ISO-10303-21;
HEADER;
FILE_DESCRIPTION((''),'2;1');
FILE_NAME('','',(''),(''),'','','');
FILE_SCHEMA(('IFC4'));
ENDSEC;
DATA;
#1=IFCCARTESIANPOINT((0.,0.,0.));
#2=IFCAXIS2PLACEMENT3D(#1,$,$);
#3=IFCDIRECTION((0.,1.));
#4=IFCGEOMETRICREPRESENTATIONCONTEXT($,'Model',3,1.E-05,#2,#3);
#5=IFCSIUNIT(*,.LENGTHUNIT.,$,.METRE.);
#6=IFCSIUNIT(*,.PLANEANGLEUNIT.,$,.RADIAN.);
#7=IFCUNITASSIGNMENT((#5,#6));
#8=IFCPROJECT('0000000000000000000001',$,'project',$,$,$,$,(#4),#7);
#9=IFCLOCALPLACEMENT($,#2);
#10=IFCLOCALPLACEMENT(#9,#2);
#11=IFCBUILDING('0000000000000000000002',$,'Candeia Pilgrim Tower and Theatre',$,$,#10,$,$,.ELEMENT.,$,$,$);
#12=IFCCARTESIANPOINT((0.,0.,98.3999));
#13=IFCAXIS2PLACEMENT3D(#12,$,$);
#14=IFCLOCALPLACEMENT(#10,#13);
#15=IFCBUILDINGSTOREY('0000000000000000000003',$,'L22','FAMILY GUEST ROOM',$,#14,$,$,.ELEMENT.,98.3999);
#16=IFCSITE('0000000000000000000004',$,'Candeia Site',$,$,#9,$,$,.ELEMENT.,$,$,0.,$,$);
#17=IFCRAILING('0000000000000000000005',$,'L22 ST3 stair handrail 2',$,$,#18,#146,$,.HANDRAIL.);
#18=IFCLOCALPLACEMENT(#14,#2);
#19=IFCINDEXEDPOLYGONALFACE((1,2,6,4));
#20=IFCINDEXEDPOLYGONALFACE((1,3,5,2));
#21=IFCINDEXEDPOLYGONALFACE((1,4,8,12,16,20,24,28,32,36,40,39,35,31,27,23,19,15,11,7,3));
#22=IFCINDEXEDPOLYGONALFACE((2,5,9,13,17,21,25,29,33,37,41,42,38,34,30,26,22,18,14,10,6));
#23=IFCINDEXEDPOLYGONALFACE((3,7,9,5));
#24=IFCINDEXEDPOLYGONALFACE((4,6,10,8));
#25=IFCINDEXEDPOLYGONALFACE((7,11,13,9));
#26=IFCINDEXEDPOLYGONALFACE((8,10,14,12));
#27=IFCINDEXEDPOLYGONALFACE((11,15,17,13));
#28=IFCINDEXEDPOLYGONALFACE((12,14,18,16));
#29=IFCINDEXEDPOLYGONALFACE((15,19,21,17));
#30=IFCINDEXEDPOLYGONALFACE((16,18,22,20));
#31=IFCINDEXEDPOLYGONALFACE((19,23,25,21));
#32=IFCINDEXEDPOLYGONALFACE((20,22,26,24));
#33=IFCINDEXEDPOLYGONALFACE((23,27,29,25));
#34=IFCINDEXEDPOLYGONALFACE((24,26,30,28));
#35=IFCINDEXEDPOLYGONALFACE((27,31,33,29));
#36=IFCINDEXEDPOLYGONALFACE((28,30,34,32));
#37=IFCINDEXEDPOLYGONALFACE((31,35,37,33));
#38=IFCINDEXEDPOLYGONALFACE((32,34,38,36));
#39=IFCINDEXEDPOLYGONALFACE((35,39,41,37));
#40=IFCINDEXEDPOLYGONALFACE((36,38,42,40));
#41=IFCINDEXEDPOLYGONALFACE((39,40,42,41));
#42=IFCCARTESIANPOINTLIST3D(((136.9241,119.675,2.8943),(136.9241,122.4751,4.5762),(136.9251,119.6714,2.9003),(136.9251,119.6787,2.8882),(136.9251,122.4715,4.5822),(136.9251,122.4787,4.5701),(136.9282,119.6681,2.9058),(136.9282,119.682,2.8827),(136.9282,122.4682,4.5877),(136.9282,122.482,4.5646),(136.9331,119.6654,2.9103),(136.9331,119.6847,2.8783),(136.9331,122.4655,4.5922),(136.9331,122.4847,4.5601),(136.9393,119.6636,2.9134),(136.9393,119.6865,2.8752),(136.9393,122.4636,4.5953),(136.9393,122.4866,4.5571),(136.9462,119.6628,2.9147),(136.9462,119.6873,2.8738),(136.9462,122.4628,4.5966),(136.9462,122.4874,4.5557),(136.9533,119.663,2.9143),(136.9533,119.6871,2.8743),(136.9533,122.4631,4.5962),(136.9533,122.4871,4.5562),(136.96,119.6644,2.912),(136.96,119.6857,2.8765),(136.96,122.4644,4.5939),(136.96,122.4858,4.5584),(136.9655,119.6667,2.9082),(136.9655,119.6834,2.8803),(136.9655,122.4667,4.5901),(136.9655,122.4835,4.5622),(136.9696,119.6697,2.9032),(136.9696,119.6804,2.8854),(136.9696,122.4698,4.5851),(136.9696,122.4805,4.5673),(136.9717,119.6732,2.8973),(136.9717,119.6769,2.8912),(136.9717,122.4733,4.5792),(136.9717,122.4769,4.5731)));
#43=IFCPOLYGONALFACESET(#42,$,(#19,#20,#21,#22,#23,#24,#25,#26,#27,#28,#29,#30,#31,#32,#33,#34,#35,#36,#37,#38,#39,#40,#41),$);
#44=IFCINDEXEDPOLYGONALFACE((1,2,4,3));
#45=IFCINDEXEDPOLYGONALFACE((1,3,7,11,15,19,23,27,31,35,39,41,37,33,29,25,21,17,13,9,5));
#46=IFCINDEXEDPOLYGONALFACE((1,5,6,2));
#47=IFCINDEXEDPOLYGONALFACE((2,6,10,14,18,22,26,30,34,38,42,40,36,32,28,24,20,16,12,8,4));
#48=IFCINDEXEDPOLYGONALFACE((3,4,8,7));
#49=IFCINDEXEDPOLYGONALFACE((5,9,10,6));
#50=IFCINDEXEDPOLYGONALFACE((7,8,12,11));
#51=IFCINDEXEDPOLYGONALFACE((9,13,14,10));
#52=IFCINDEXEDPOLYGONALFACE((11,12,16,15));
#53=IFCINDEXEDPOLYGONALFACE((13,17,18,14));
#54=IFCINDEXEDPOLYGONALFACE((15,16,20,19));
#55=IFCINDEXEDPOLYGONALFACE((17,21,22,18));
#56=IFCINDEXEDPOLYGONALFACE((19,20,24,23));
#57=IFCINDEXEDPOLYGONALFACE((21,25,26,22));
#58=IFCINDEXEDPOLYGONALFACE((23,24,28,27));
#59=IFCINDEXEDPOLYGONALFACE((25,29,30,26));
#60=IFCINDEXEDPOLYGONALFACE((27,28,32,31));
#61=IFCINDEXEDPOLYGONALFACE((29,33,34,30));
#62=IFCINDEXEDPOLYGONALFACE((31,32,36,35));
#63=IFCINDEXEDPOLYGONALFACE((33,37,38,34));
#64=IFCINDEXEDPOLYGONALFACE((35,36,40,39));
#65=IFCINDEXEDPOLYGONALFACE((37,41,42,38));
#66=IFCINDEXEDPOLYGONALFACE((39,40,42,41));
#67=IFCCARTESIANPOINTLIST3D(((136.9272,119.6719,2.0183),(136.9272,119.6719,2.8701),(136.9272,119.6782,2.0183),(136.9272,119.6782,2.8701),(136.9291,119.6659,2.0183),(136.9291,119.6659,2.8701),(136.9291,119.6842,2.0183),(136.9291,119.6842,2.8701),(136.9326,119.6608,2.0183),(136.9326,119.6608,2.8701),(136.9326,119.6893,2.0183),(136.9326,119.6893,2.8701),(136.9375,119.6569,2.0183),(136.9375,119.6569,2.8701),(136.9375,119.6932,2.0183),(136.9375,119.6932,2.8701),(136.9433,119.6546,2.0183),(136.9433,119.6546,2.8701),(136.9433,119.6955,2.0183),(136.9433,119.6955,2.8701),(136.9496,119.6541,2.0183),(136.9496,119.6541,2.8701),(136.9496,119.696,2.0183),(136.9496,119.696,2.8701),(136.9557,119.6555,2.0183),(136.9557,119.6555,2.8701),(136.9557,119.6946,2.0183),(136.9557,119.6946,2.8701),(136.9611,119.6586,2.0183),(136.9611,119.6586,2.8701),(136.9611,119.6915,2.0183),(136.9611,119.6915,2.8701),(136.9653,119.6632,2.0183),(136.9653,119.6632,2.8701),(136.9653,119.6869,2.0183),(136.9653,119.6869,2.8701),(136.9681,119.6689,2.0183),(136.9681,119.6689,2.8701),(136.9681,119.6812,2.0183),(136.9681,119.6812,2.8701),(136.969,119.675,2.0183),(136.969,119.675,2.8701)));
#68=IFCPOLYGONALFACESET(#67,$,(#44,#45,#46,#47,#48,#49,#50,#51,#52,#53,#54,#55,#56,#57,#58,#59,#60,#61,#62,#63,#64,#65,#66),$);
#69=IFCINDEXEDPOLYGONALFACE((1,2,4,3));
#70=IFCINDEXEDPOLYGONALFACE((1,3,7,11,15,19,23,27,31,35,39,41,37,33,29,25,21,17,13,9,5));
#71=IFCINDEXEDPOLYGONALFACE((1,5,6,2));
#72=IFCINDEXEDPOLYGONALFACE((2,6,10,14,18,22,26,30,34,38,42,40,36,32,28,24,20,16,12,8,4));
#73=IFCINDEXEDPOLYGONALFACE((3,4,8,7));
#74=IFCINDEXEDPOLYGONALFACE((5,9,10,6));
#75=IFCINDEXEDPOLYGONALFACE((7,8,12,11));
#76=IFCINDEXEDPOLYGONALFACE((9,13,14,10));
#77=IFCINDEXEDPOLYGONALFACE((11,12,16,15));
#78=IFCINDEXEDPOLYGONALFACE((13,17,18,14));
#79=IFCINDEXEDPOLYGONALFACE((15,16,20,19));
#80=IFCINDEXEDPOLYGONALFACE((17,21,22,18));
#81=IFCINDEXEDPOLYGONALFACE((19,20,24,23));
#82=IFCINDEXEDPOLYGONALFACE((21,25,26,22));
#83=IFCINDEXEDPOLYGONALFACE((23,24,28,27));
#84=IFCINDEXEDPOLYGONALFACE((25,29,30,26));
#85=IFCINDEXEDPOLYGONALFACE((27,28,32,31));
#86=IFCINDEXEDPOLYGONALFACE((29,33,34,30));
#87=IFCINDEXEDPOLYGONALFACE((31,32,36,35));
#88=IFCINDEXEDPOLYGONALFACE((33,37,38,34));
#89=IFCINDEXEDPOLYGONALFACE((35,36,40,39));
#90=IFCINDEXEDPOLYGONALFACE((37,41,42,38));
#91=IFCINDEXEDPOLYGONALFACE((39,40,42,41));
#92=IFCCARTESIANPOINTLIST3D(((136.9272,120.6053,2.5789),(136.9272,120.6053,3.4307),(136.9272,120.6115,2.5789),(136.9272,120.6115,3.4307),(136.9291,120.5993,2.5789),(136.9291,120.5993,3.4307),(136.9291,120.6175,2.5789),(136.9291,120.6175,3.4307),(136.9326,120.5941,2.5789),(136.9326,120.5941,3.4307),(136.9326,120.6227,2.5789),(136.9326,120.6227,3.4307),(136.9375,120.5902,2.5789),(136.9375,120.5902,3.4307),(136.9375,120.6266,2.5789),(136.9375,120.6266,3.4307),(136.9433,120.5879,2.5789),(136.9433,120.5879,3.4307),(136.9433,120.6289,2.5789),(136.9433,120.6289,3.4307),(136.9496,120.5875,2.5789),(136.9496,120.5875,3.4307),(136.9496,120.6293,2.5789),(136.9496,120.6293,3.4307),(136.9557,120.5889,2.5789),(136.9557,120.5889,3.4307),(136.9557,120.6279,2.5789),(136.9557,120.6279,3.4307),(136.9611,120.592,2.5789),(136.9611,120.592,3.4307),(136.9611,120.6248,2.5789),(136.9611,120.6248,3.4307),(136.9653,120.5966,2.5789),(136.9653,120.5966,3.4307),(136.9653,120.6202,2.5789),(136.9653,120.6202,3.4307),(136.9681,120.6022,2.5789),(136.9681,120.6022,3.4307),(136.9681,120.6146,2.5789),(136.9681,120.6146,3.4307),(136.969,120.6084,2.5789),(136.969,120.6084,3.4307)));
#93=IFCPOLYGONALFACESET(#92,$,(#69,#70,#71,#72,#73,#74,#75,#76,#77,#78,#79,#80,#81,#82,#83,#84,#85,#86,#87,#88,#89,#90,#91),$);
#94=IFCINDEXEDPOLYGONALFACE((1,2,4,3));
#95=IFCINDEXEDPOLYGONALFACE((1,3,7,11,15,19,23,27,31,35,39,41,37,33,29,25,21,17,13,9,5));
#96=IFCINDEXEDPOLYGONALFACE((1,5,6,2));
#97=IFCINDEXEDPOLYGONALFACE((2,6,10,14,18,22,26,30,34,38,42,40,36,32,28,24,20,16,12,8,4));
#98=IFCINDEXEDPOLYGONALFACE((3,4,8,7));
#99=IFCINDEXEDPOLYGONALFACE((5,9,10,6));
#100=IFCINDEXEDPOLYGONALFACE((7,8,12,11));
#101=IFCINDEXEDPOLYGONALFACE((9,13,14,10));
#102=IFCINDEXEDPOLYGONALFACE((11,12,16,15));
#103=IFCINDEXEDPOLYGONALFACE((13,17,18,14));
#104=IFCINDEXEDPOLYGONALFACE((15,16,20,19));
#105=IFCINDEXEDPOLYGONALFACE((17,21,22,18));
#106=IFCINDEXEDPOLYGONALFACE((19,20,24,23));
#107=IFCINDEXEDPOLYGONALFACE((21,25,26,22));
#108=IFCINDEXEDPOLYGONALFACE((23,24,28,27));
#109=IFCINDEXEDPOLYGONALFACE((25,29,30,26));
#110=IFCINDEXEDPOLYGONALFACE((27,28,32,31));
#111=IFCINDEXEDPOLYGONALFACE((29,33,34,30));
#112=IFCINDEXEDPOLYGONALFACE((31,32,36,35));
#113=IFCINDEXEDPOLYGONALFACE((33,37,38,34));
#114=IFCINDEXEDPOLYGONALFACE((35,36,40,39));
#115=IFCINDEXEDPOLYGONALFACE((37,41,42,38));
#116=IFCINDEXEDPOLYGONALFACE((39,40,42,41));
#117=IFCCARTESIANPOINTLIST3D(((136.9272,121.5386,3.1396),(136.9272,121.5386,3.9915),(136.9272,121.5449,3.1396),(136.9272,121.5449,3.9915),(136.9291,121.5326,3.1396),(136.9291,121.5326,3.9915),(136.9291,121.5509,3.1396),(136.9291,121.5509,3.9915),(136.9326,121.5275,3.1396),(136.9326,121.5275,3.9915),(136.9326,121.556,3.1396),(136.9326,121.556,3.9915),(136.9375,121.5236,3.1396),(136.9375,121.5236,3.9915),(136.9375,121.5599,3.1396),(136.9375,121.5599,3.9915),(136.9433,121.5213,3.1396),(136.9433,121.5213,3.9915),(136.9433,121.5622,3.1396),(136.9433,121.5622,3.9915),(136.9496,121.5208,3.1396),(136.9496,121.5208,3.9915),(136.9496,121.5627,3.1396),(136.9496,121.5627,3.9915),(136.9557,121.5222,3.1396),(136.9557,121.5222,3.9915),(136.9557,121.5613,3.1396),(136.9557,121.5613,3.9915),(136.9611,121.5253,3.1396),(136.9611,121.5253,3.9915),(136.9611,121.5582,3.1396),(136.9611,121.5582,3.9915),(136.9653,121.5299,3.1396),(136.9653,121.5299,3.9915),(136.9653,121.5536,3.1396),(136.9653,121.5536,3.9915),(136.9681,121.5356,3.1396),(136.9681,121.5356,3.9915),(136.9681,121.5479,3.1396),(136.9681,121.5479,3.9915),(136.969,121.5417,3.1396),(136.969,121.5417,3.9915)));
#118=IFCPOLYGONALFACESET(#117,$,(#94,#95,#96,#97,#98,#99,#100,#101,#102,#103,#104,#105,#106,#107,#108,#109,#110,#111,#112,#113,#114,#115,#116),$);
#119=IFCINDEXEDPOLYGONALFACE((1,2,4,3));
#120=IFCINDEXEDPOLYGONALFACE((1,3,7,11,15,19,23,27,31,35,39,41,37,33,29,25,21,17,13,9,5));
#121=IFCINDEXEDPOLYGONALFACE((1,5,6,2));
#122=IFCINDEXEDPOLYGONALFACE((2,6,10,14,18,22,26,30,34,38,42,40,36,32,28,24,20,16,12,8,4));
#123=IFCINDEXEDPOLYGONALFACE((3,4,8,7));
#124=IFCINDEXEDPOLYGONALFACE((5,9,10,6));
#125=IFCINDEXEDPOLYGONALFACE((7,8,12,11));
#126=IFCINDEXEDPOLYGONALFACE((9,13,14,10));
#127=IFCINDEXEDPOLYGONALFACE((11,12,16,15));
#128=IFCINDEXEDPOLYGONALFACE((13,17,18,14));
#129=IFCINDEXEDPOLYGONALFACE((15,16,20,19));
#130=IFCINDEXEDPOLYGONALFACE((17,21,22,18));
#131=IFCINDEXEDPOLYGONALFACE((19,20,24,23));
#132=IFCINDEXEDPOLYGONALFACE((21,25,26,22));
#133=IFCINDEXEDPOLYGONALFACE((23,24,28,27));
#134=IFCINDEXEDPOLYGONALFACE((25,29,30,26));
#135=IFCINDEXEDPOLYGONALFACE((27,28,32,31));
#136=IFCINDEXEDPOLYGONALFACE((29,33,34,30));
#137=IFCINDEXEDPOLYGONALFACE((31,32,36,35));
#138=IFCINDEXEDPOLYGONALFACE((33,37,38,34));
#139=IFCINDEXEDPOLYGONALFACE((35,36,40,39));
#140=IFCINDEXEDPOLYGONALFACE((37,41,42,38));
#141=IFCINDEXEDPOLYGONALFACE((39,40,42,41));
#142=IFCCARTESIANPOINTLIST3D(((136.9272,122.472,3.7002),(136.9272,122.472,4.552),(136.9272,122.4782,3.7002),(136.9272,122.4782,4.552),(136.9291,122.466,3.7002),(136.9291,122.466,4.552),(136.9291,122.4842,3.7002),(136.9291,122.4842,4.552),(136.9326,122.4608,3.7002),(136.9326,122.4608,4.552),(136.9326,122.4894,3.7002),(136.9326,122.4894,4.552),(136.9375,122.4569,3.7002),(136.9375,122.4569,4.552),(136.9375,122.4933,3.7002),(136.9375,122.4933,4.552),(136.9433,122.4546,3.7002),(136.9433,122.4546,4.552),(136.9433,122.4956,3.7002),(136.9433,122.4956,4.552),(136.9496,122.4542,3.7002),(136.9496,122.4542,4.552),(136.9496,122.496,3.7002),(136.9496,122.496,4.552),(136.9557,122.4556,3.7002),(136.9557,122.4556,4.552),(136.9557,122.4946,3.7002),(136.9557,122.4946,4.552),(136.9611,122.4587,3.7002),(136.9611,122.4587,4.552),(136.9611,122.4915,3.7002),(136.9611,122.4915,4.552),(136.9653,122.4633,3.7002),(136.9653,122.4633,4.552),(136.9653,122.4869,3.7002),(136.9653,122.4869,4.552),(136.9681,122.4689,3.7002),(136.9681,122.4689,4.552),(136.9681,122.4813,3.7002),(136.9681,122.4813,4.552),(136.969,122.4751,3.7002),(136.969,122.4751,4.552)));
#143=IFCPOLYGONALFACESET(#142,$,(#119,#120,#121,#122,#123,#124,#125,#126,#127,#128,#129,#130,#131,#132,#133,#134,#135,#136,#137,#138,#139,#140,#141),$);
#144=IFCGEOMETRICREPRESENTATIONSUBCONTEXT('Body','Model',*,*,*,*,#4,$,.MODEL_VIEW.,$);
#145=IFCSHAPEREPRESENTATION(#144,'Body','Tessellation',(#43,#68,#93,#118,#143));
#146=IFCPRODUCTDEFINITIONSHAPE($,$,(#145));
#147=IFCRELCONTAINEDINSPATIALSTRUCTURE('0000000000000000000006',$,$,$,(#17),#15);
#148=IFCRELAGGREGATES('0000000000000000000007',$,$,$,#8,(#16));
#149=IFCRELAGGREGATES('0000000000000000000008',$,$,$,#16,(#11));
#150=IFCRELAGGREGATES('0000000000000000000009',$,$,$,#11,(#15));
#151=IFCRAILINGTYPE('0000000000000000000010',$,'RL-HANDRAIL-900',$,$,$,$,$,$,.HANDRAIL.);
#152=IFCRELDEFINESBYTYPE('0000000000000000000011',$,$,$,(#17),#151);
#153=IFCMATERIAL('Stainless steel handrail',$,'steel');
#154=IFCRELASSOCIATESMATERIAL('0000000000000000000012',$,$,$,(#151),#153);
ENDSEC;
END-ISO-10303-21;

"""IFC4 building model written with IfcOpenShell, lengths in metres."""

from ifc_helpers import new_model, si_unit, direction, frame, origin, origin_2d, place, context, subcontext, project, spatial, circle, extrude, material, type_object, element, save


model = new_model("IFC4")

# Units and contexts
model_context = context("Model", 3, precision=1e-05, world=origin(), true_north=direction((0.0, 1.0)))
body_context = subcontext(model_context, "Body", "Model", "MODEL_VIEW")
ifc_project = project(units=[si_unit("LENGTHUNIT", "METRE"), si_unit("PLANEANGLEUNIT", "RADIAN")], contexts=[model_context])

# Site, building, storey
site_placement = place(None, origin())
site = spatial("IfcSite", under=ifc_project, at=site_placement, Name="Candeia Site", CompositionType="ELEMENT", RefElevation=0.0)
building_placement = place(site_placement, origin())
building = spatial("IfcBuilding", under=site, at=building_placement, Name="Candeia Pilgrim Tower and Theatre", CompositionType="ELEMENT")
storey_placement = place(building_placement, frame((0.0, 0.0, 98.3999)))
storey = spatial("IfcBuildingStorey", under=building, at=storey_placement, Name="L22", Description="FAMILY GUEST ROOM", CompositionType="ELEMENT", Elevation=98.3999)

# Railing
ifc_material_1 = material(Name="Stainless steel handrail", Category="steel")
railing_type_1 = type_object("IfcRailingType", Name="RL-HANDRAIL-900", PredefinedType="HANDRAIL", material=ifc_material_1)
railing_1_placement = place(storey_placement, frame((136.948, 119.675, 2.0183)))
element("IfcRailing", 1, at=railing_1_placement, inside=storey, type_object=railing_type_1, Name="L22 ST3 stair handrail 2", PredefinedType="HANDRAIL", context=body_context, shape_type="SweptSolid", body=[
    extrude(circle(Radius=0.0239, at=origin_2d()), frame((0.0, 0.0, 0.876), z_axis=(0.0, 0.857242, 0.514913), x_axis=(-1.0, 0.0, 0.0)), (0.0, 0.0, 1.0), 3.2664),
    extrude(circle(Radius=0.021, at=origin_2d()), origin(), (0.0, 0.0, 1.0), 0.8518),
    extrude(circle(Radius=0.021, at=origin_2d()), frame((0.0, 0.9333, 0.5605)), (0.0, 0.0, 1.0), 0.8518),
    extrude(circle(Radius=0.021, at=origin_2d()), frame((0.0, 1.8667, 1.1213)), (0.0, 0.0, 1.0), 0.8518),
    extrude(circle(Radius=0.021, at=origin_2d()), frame((0.0, 2.8, 1.6819)), (0.0, 0.0, 1.0), 0.8518),
])

save(model, "model.ifc")
